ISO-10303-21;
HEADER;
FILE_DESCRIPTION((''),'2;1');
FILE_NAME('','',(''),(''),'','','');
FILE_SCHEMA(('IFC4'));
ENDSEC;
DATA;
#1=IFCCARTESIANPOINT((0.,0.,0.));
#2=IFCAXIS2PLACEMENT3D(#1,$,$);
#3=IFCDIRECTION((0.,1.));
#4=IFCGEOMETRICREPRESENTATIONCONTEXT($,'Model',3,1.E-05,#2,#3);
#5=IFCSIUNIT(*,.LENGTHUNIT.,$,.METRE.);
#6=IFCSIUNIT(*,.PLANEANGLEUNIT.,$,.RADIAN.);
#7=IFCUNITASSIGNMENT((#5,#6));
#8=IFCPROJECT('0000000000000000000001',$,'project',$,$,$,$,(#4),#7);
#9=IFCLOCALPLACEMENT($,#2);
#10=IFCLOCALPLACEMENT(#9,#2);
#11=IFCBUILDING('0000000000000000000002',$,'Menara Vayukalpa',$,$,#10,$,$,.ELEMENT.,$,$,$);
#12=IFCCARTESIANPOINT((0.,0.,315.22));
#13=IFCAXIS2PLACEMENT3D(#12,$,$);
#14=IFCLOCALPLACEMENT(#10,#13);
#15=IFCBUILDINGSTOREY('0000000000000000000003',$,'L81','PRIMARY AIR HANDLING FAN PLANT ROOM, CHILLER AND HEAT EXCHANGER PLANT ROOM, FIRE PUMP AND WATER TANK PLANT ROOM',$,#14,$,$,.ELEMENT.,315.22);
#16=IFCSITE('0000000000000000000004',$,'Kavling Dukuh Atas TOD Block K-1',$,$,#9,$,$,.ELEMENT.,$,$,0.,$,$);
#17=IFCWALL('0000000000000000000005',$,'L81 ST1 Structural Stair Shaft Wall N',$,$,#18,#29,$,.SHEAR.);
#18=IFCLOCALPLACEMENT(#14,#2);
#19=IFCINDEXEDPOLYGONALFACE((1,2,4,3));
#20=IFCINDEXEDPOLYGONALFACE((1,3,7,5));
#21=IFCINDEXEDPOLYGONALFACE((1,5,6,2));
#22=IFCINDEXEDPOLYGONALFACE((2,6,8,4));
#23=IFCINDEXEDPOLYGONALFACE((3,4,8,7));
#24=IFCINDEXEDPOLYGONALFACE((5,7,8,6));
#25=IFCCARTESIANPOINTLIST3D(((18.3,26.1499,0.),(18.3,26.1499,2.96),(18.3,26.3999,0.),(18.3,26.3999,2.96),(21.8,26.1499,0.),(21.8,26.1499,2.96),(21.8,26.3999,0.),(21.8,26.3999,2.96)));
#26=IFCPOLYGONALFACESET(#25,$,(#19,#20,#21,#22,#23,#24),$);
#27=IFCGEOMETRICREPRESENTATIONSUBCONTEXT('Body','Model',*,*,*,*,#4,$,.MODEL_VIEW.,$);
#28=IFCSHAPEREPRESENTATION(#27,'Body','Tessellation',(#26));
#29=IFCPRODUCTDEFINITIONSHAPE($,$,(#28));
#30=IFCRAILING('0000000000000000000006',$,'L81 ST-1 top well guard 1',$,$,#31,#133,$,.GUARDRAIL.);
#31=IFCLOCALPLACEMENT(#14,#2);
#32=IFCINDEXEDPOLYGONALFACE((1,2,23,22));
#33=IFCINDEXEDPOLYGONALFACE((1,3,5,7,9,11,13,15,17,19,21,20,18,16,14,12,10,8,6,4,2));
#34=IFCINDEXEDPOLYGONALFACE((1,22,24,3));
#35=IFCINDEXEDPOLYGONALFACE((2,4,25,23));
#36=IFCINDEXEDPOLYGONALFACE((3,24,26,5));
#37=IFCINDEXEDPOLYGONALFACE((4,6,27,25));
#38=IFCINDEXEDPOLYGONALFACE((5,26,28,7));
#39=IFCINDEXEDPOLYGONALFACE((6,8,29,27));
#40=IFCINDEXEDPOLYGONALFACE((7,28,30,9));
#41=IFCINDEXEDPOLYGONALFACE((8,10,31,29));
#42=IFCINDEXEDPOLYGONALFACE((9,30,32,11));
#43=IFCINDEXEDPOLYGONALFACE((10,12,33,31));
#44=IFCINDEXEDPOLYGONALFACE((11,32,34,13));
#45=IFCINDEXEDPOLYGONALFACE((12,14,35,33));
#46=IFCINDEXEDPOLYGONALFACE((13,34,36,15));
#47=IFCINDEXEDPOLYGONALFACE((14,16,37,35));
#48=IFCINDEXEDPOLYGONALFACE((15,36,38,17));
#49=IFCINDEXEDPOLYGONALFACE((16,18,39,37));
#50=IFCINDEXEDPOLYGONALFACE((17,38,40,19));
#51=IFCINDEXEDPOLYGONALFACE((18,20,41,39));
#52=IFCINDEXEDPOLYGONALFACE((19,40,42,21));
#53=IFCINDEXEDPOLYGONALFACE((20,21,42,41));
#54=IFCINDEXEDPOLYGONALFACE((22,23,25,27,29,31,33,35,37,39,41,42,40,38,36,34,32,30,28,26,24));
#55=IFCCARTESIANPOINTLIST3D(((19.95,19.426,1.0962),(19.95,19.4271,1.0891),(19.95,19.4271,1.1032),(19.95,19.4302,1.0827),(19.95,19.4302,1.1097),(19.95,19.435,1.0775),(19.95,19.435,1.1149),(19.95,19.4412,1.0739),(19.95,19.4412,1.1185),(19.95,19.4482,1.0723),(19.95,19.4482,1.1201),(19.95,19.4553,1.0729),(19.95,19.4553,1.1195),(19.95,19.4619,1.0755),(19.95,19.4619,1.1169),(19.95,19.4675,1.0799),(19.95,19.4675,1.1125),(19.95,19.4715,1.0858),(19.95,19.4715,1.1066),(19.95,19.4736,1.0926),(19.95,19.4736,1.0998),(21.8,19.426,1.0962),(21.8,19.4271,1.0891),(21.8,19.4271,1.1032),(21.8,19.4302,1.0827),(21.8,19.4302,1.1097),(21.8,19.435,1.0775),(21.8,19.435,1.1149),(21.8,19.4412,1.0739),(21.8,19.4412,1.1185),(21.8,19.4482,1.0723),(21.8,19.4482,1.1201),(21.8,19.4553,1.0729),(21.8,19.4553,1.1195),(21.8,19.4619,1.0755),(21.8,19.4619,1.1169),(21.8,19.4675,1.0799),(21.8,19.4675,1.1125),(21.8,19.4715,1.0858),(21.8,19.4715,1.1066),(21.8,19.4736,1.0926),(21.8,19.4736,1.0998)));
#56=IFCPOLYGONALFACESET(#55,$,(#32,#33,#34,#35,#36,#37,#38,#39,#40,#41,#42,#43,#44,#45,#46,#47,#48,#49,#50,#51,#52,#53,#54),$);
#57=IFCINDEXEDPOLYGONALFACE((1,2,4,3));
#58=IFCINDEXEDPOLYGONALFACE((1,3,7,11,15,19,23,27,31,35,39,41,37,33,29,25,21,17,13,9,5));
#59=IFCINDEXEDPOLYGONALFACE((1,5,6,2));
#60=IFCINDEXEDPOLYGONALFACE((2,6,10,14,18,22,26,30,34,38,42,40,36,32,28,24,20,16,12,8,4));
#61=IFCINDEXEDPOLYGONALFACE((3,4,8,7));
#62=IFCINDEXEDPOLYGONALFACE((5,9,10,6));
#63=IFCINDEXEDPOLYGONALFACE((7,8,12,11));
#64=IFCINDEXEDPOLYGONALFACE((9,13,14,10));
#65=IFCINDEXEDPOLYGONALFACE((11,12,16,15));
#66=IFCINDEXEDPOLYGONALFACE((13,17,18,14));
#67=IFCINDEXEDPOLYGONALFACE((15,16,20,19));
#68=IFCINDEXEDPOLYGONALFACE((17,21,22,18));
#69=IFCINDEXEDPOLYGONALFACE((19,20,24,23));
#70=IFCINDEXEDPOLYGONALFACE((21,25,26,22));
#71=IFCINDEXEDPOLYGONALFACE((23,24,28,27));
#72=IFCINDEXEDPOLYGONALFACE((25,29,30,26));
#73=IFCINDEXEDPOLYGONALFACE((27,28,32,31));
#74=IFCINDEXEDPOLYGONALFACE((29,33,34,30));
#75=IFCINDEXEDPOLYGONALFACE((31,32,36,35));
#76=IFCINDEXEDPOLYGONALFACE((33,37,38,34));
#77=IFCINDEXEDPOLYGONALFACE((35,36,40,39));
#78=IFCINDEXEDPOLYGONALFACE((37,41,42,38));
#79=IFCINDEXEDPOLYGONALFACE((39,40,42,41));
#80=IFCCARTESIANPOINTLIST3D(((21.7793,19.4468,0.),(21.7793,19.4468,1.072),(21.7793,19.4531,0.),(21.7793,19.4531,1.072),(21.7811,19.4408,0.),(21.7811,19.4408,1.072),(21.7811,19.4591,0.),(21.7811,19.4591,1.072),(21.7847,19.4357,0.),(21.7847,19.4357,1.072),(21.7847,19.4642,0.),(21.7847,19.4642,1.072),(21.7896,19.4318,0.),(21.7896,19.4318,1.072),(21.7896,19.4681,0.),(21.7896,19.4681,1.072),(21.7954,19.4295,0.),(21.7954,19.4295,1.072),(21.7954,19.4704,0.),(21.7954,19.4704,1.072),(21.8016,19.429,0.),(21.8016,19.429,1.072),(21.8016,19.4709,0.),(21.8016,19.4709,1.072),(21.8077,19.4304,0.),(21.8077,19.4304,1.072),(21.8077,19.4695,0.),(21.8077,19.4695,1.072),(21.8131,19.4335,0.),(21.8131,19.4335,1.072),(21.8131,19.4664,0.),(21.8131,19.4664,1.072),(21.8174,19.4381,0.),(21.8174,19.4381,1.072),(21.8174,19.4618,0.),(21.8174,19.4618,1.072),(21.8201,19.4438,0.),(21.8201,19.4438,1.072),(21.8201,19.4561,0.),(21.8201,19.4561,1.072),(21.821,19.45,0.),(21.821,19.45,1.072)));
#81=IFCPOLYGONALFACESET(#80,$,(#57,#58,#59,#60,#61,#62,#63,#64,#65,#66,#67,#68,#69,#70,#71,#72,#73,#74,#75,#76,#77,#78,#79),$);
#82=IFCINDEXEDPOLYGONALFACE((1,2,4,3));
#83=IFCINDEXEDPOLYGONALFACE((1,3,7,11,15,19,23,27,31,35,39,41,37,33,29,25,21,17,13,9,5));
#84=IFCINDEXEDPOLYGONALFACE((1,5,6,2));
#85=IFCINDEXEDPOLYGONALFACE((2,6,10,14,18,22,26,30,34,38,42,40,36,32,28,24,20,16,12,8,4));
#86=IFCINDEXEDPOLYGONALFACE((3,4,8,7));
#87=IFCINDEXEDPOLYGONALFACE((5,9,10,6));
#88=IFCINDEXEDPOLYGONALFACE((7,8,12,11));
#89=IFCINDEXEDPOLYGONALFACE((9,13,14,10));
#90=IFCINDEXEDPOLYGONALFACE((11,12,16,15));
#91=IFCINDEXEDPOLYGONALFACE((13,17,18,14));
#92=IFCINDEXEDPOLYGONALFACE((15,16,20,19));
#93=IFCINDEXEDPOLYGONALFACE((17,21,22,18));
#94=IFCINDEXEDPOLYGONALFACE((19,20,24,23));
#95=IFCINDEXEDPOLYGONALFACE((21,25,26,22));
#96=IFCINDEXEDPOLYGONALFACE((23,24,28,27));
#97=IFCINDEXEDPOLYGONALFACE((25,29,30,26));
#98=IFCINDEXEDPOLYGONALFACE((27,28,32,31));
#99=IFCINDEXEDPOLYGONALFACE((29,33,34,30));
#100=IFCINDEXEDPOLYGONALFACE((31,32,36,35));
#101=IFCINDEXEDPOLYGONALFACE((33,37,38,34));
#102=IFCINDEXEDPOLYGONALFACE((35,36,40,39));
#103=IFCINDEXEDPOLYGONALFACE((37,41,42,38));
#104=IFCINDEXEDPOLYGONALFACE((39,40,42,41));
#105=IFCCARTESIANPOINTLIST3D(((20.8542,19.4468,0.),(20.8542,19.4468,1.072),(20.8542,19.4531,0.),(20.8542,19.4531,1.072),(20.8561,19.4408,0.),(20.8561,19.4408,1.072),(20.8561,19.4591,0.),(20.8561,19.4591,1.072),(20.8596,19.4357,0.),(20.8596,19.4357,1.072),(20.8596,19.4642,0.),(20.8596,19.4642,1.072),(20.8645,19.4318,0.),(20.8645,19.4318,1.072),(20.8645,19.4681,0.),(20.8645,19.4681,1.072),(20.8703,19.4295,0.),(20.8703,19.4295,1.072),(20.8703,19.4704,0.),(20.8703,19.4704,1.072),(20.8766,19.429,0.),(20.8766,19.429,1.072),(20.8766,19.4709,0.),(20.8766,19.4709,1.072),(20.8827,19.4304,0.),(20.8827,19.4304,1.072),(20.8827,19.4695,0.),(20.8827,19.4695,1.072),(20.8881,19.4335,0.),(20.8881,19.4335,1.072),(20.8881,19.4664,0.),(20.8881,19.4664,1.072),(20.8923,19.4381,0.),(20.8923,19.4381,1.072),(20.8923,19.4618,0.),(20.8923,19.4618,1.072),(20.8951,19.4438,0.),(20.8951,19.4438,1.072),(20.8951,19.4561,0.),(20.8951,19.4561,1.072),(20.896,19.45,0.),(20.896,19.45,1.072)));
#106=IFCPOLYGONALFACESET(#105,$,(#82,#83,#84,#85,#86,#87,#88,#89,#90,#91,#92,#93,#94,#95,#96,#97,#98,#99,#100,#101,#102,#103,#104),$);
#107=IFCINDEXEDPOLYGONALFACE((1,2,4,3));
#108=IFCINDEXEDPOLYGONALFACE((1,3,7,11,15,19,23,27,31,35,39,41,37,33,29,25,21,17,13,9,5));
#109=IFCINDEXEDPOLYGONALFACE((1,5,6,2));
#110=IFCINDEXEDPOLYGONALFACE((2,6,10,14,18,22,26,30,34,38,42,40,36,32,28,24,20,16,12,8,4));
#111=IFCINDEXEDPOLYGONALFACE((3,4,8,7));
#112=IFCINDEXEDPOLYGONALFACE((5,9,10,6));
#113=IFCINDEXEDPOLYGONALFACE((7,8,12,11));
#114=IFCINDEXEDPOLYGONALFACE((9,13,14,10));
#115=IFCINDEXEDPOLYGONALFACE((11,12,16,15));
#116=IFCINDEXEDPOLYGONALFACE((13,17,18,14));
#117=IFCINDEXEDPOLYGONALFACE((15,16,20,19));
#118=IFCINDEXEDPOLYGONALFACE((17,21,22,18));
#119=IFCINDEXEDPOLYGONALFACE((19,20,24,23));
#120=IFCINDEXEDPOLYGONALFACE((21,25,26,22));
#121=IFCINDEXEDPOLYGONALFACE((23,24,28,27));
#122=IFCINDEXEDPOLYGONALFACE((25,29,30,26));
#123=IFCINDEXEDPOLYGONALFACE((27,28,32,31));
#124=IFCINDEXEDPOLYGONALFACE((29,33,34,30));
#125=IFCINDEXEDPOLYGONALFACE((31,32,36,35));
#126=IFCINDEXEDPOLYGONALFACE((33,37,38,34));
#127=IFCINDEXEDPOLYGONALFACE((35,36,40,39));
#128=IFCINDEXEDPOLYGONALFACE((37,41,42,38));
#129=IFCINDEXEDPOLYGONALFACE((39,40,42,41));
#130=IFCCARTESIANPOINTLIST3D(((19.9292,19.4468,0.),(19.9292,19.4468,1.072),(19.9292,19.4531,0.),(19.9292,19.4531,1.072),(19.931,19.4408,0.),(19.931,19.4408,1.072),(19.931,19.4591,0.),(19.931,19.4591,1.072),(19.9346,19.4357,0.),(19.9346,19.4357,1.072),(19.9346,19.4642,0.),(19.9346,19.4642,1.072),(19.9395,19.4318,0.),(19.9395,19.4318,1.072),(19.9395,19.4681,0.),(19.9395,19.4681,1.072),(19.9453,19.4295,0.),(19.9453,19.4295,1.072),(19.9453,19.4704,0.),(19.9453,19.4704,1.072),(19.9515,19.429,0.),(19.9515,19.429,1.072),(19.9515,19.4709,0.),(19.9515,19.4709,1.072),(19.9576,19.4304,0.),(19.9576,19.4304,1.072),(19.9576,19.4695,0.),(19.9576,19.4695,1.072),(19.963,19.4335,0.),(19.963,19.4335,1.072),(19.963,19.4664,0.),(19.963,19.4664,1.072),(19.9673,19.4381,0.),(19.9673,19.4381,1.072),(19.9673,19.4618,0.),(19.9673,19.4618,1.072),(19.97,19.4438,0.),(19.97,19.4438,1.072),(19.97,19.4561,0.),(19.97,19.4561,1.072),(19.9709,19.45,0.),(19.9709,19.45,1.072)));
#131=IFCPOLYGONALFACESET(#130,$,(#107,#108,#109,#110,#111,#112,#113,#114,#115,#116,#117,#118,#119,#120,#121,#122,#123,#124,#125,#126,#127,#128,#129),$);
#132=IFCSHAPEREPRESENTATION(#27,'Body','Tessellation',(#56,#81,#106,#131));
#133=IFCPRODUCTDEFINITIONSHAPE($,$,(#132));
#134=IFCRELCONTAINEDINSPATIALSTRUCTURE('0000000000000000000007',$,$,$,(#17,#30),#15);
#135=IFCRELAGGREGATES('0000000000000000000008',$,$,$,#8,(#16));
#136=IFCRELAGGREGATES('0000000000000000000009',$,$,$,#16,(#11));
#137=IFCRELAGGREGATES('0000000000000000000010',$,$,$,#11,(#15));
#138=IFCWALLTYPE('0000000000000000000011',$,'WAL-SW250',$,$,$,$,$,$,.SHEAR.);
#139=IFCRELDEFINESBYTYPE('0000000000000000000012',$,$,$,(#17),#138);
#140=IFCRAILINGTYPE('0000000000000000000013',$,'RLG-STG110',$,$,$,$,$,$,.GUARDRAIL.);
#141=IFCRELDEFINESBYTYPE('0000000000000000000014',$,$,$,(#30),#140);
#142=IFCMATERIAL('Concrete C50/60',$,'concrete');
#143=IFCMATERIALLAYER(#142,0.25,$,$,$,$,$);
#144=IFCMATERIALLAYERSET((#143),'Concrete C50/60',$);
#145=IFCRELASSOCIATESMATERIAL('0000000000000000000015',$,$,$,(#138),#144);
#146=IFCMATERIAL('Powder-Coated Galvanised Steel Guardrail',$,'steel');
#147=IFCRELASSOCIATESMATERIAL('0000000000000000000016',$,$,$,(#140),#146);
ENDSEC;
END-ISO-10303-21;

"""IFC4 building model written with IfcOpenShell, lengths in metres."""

from ifc_helpers import new_model, si_unit, direction, frame, frame_2d, origin, origin_2d, place, context, subcontext, project, spatial, rectangle, circle, extrude, material, layer, layer_set, type_object, element, save


model = new_model("IFC4")

# Units and contexts
model_context = context("Model", 3, precision=1e-05, world=origin(), true_north=direction((0.0, 1.0)))
body_context = subcontext(model_context, "Body", "Model", "MODEL_VIEW")
ifc_project = project(units=[si_unit("LENGTHUNIT", "METRE"), si_unit("PLANEANGLEUNIT", "RADIAN")], contexts=[model_context])

# Site, building, storey
site_placement = place(None, origin())
site = spatial("IfcSite", under=ifc_project, at=site_placement, Name="Kavling Dukuh Atas TOD Block K-1", CompositionType="ELEMENT", RefElevation=0.0)
building_placement = place(site_placement, origin())
building = spatial("IfcBuilding", under=site, at=building_placement, Name="Menara Vayukalpa", CompositionType="ELEMENT")
storey_placement = place(building_placement, frame((0.0, 0.0, 315.22)))
storey = spatial("IfcBuildingStorey", under=building, at=storey_placement, Name="L81", Description="PRIMARY AIR HANDLING FAN PLANT ROOM, CHILLER AND HEAT EXCHANGER PLANT ROOM, FIRE PUMP AND WATER TANK PLANT ROOM", CompositionType="ELEMENT", Elevation=315.22)

# Wall
ifc_material_1 = material(Name="Concrete C50/60", Category="concrete")
ifc_layer_1 = layer(ifc_material_1, 0.25)
ifc_layer_set_1 = layer_set([ifc_layer_1], Name="Concrete C50/60")
wall_type_1 = type_object("IfcWallType", Name="WAL-SW250", PredefinedType="SHEAR", material=ifc_layer_set_1)
wall_1_placement = place(storey_placement, frame((18.3, 26.2749, 0.0), z_axis=(0.0, 0.0, 1.0), x_axis=(1.0, 0.0, 0.0)))
element("IfcWall", 1, at=wall_1_placement, inside=storey, type_object=wall_type_1, Name="L81 ST1 Structural Stair Shaft Wall N", PredefinedType="SHEAR", context=body_context, shape_type="SweptSolid", body=[
    extrude(rectangle(XDim=3.5, YDim=0.25, at=frame_2d((1.75, 0.0))), origin(), (0.0, 0.0, 1.0), 2.96),
])

# Railing
ifc_material_2 = material(Name="Powder-Coated Galvanised Steel Guardrail", Category="steel")
railing_type = type_object("IfcRailingType", Name="RLG-STG110", PredefinedType="GUARDRAIL", material=ifc_material_2)
railing_placement = place(storey_placement, frame((21.8, 19.45, 0.0)))
element("IfcRailing", 2, at=railing_placement, inside=storey, type_object=railing_type, Name="L81 ST-1 top well guard 1", PredefinedType="GUARDRAIL", context=body_context, shape_type="SweptSolid", body=[
    extrude(circle(Radius=0.0239, at=origin_2d()), frame((0.0, 0.0, 1.0962), z_axis=(-1.0, 0.0, 0.0), x_axis=(0.0, -1.0, 0.0)), (0.0, 0.0, 1.0), 1.8501),
    extrude(circle(Radius=0.021, at=origin_2d()), origin(), (0.0, 0.0, 1.0), 1.072),
    extrude(circle(Radius=0.021, at=origin_2d()), frame((-0.925, 0.0, 0.0)), (0.0, 0.0, 1.0), 1.072),
    extrude(circle(Radius=0.021, at=origin_2d()), frame((-1.8501, 0.0, 0.0)), (0.0, 0.0, 1.0), 1.072),
])

save(model, "model.ifc")
